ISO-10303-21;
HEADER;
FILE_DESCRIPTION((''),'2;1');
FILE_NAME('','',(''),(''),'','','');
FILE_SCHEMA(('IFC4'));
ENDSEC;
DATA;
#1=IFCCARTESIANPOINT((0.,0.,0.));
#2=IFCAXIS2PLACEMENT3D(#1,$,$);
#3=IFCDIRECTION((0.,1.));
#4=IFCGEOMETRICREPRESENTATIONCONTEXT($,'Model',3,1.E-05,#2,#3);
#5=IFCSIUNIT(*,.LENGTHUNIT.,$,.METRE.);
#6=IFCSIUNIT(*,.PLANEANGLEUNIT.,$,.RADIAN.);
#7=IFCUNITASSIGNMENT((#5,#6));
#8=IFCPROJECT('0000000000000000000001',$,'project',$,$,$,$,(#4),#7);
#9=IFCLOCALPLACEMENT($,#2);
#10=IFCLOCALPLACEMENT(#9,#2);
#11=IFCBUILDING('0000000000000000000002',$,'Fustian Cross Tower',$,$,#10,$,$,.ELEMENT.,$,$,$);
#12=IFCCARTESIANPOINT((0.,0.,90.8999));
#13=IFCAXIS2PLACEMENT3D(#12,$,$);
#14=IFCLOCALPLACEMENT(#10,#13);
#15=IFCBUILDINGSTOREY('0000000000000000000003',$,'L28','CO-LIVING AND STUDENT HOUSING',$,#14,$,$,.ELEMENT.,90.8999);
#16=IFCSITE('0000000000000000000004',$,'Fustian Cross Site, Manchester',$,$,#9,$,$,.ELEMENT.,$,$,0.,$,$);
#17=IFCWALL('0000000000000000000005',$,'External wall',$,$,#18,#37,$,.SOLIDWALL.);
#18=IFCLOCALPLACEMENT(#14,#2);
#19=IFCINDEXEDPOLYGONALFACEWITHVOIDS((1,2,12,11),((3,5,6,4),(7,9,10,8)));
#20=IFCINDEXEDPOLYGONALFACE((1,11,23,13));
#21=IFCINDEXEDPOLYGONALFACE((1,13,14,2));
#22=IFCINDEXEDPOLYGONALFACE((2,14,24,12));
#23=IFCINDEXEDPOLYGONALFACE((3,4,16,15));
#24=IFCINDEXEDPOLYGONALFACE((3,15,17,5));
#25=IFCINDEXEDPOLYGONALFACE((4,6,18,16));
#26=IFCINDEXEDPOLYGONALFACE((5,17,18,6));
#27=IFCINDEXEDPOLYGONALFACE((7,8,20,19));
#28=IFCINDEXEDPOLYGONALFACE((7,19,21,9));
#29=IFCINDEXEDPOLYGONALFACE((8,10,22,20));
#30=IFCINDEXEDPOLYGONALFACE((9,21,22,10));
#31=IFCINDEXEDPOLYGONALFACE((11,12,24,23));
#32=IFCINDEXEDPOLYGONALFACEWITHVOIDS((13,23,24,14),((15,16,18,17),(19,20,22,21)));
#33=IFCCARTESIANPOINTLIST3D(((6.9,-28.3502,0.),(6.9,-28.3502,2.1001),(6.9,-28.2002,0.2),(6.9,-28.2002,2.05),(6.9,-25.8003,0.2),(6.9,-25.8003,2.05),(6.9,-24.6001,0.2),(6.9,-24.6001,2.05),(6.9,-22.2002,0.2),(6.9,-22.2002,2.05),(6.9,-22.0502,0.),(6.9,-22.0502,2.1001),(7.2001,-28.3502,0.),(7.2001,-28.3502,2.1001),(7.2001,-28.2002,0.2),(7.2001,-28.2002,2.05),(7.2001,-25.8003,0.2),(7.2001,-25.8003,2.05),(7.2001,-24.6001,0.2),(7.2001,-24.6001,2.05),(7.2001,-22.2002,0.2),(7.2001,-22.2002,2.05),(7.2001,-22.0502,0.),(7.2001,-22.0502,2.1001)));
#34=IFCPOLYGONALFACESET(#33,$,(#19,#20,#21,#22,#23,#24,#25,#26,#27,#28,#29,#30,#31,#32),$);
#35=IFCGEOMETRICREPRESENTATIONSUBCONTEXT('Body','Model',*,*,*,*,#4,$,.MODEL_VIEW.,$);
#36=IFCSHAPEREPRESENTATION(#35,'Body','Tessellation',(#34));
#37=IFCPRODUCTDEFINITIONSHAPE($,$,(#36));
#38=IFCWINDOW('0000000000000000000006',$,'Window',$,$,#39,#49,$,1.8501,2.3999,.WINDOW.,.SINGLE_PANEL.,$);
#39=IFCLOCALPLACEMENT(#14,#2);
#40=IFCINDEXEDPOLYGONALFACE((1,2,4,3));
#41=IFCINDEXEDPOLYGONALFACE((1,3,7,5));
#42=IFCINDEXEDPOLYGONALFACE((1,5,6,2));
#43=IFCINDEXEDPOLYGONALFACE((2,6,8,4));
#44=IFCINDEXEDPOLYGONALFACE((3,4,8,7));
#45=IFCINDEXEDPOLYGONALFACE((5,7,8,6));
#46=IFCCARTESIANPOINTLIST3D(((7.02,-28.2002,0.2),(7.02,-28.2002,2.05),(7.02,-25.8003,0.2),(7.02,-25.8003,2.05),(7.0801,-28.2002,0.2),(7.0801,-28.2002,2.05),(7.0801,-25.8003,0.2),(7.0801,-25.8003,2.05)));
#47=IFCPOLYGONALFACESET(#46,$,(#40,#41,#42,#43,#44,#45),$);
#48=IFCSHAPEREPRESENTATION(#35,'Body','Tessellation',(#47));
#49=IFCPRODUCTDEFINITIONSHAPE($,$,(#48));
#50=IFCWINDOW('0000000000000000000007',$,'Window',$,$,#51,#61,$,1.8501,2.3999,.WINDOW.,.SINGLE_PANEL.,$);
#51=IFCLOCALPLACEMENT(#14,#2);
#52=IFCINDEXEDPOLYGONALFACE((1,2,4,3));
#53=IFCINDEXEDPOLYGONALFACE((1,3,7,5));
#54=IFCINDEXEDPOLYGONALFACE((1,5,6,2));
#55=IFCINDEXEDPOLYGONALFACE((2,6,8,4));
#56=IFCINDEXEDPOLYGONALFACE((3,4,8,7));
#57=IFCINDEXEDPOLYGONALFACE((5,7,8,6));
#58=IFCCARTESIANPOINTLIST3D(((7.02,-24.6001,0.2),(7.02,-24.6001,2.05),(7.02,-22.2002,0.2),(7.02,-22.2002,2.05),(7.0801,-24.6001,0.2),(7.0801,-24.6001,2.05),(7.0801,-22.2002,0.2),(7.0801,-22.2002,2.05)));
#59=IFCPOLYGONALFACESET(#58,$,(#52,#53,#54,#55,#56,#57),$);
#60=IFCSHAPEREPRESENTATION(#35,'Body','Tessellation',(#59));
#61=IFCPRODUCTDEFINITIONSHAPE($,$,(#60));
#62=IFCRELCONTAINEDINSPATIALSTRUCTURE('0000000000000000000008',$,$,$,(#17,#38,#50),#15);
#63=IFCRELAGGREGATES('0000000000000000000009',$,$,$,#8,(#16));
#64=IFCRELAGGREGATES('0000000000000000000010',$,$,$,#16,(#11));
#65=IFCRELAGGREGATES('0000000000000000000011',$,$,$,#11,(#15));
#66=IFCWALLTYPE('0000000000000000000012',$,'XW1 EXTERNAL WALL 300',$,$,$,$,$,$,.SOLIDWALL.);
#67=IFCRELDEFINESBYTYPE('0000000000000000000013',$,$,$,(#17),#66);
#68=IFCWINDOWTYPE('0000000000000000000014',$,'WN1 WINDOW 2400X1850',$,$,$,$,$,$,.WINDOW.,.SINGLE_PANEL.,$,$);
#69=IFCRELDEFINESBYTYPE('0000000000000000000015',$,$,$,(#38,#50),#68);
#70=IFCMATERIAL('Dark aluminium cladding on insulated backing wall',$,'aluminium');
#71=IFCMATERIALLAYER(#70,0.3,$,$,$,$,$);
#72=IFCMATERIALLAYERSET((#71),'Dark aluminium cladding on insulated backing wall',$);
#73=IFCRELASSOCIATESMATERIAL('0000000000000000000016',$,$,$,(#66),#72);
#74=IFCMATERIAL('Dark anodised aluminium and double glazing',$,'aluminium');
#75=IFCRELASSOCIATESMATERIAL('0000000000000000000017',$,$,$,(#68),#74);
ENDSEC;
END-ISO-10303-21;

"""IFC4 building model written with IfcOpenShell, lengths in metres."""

from ifc_helpers import new_model, si_unit, direction, frame, frame_2d, origin, place, context, subcontext, project, spatial, rectangle, extrude, material, layer, layer_set, type_object, element, fill, save


model = new_model("IFC4")

# Units and contexts
model_context = context("Model", 3, precision=1e-05, world=origin(), true_north=direction((0.0, 1.0)))
body_context = subcontext(model_context, "Body", "Model", "MODEL_VIEW")
ifc_project = project(units=[si_unit("LENGTHUNIT", "METRE"), si_unit("PLANEANGLEUNIT", "RADIAN")], contexts=[model_context])

# Site, building, storey
site_placement = place(None, origin())
site = spatial("IfcSite", under=ifc_project, at=site_placement, Name="Fustian Cross Site, Manchester", CompositionType="ELEMENT", RefElevation=0.0)
building_placement = place(site_placement, origin())
building = spatial("IfcBuilding", under=site, at=building_placement, Name="Fustian Cross Tower", CompositionType="ELEMENT")
storey_placement = place(building_placement, frame((0.0, 0.0, 90.8999)))
storey = spatial("IfcBuildingStorey", under=building, at=storey_placement, Name="L28", Description="CO-LIVING AND STUDENT HOUSING", CompositionType="ELEMENT", Elevation=90.8999)

# Shared definitions
ifc_material_1 = material(Name="Dark aluminium cladding on insulated backing wall", Category="aluminium")
ifc_layer_1 = layer(ifc_material_1, 0.3)
ifc_layer_set_1 = layer_set([ifc_layer_1], Name="Dark aluminium cladding on insulated backing wall")
wall_type_1 = type_object("IfcWallType", Name="XW1 EXTERNAL WALL 300", PredefinedType="SOLIDWALL", material=ifc_layer_set_1)
ifc_material_2 = material(Name="Dark anodised aluminium and double glazing", Category="aluminium")
window_type = type_object("IfcWindowType", Name="WN1 WINDOW 2400X1850", PartitioningType="SINGLE_PANEL", PredefinedType="WINDOW", material=ifc_material_2)

# Wall, openings, windows
wall_1_placement = place(storey_placement, frame((7.05, -28.3501, 0.0), z_axis=(0.0, 0.0, 1.0), x_axis=(0.0, 1.0, 0.0)))
wall_1 = element("IfcWall", 1, at=wall_1_placement, inside=storey, type_object=wall_type_1, Name="External wall", PredefinedType="SOLIDWALL", context=body_context, shape_type="SweptSolid", body=[
    extrude(rectangle(XDim=6.3, YDim=0.3, at=frame_2d((3.1499, 0.0))), origin(), (0.0, 0.0, 1.0), 2.1001),
])
opening_1_placement = place(wall_1_placement, frame((0.1499, 0.0, 0.2)))
opening_1 = element("IfcOpeningElement", 2, at=opening_1_placement, cuts=wall_1, PredefinedType="OPENING", context=body_context, shape_type="SweptSolid", body=[
    extrude(rectangle(XDim=2.3999, YDim=1.8501, at=frame_2d((1.2, 0.925))), frame((0.0, 0.1599, 0.0), z_axis=(0.0, -1.0, 0.0), x_axis=(1.0, 0.0, 0.0)), (0.0, 0.0, 1.0), 0.3201),
])
opening_2_placement = place(wall_1_placement, frame((3.75, 0.0, 0.2)))
opening_2 = element("IfcOpeningElement", 3, at=opening_2_placement, cuts=wall_1, PredefinedType="OPENING", context=body_context, shape_type="SweptSolid", body=[
    extrude(rectangle(XDim=2.3999, YDim=1.8501, at=frame_2d((1.2, 0.925))), frame((0.0, 0.1599, 0.0), z_axis=(0.0, -1.0, 0.0), x_axis=(1.0, 0.0, 0.0)), (0.0, 0.0, 1.0), 0.3201),
])
window_1_placement = place(opening_1_placement, origin())
window_1 = element("IfcWindow", 4, at=window_1_placement, inside=storey, type_object=window_type, Name="Window", OverallHeight=1.8501, OverallWidth=2.3999, PartitioningType="SINGLE_PANEL", PredefinedType="WINDOW", context=body_context, shape_type="SweptSolid", body=[
    extrude(rectangle(XDim=2.3999, YDim=1.8501, at=frame_2d((1.2, 0.925))), frame((0.0, 0.03, 0.0), z_axis=(0.0, -1.0, 0.0), x_axis=(1.0, 0.0, 0.0)), (0.0, 0.0, 1.0), 0.0601),
])
fill(opening_1, window_1)
window_2_placement = place(opening_2_placement, origin())
window_2 = element("IfcWindow", 5, at=window_2_placement, inside=storey, type_object=window_type, Name="Window", OverallHeight=1.8501, OverallWidth=2.3999, PartitioningType="SINGLE_PANEL", PredefinedType="WINDOW", context=body_context, shape_type="SweptSolid", body=[
    extrude(rectangle(XDim=2.3999, YDim=1.8501, at=frame_2d((1.2, 0.925))), frame((0.0, 0.03, 0.0), z_axis=(0.0, -1.0, 0.0), x_axis=(1.0, 0.0, 0.0)), (0.0, 0.0, 1.0), 0.0601),
])
fill(opening_2, window_2)

save(model, "model.ifc")
